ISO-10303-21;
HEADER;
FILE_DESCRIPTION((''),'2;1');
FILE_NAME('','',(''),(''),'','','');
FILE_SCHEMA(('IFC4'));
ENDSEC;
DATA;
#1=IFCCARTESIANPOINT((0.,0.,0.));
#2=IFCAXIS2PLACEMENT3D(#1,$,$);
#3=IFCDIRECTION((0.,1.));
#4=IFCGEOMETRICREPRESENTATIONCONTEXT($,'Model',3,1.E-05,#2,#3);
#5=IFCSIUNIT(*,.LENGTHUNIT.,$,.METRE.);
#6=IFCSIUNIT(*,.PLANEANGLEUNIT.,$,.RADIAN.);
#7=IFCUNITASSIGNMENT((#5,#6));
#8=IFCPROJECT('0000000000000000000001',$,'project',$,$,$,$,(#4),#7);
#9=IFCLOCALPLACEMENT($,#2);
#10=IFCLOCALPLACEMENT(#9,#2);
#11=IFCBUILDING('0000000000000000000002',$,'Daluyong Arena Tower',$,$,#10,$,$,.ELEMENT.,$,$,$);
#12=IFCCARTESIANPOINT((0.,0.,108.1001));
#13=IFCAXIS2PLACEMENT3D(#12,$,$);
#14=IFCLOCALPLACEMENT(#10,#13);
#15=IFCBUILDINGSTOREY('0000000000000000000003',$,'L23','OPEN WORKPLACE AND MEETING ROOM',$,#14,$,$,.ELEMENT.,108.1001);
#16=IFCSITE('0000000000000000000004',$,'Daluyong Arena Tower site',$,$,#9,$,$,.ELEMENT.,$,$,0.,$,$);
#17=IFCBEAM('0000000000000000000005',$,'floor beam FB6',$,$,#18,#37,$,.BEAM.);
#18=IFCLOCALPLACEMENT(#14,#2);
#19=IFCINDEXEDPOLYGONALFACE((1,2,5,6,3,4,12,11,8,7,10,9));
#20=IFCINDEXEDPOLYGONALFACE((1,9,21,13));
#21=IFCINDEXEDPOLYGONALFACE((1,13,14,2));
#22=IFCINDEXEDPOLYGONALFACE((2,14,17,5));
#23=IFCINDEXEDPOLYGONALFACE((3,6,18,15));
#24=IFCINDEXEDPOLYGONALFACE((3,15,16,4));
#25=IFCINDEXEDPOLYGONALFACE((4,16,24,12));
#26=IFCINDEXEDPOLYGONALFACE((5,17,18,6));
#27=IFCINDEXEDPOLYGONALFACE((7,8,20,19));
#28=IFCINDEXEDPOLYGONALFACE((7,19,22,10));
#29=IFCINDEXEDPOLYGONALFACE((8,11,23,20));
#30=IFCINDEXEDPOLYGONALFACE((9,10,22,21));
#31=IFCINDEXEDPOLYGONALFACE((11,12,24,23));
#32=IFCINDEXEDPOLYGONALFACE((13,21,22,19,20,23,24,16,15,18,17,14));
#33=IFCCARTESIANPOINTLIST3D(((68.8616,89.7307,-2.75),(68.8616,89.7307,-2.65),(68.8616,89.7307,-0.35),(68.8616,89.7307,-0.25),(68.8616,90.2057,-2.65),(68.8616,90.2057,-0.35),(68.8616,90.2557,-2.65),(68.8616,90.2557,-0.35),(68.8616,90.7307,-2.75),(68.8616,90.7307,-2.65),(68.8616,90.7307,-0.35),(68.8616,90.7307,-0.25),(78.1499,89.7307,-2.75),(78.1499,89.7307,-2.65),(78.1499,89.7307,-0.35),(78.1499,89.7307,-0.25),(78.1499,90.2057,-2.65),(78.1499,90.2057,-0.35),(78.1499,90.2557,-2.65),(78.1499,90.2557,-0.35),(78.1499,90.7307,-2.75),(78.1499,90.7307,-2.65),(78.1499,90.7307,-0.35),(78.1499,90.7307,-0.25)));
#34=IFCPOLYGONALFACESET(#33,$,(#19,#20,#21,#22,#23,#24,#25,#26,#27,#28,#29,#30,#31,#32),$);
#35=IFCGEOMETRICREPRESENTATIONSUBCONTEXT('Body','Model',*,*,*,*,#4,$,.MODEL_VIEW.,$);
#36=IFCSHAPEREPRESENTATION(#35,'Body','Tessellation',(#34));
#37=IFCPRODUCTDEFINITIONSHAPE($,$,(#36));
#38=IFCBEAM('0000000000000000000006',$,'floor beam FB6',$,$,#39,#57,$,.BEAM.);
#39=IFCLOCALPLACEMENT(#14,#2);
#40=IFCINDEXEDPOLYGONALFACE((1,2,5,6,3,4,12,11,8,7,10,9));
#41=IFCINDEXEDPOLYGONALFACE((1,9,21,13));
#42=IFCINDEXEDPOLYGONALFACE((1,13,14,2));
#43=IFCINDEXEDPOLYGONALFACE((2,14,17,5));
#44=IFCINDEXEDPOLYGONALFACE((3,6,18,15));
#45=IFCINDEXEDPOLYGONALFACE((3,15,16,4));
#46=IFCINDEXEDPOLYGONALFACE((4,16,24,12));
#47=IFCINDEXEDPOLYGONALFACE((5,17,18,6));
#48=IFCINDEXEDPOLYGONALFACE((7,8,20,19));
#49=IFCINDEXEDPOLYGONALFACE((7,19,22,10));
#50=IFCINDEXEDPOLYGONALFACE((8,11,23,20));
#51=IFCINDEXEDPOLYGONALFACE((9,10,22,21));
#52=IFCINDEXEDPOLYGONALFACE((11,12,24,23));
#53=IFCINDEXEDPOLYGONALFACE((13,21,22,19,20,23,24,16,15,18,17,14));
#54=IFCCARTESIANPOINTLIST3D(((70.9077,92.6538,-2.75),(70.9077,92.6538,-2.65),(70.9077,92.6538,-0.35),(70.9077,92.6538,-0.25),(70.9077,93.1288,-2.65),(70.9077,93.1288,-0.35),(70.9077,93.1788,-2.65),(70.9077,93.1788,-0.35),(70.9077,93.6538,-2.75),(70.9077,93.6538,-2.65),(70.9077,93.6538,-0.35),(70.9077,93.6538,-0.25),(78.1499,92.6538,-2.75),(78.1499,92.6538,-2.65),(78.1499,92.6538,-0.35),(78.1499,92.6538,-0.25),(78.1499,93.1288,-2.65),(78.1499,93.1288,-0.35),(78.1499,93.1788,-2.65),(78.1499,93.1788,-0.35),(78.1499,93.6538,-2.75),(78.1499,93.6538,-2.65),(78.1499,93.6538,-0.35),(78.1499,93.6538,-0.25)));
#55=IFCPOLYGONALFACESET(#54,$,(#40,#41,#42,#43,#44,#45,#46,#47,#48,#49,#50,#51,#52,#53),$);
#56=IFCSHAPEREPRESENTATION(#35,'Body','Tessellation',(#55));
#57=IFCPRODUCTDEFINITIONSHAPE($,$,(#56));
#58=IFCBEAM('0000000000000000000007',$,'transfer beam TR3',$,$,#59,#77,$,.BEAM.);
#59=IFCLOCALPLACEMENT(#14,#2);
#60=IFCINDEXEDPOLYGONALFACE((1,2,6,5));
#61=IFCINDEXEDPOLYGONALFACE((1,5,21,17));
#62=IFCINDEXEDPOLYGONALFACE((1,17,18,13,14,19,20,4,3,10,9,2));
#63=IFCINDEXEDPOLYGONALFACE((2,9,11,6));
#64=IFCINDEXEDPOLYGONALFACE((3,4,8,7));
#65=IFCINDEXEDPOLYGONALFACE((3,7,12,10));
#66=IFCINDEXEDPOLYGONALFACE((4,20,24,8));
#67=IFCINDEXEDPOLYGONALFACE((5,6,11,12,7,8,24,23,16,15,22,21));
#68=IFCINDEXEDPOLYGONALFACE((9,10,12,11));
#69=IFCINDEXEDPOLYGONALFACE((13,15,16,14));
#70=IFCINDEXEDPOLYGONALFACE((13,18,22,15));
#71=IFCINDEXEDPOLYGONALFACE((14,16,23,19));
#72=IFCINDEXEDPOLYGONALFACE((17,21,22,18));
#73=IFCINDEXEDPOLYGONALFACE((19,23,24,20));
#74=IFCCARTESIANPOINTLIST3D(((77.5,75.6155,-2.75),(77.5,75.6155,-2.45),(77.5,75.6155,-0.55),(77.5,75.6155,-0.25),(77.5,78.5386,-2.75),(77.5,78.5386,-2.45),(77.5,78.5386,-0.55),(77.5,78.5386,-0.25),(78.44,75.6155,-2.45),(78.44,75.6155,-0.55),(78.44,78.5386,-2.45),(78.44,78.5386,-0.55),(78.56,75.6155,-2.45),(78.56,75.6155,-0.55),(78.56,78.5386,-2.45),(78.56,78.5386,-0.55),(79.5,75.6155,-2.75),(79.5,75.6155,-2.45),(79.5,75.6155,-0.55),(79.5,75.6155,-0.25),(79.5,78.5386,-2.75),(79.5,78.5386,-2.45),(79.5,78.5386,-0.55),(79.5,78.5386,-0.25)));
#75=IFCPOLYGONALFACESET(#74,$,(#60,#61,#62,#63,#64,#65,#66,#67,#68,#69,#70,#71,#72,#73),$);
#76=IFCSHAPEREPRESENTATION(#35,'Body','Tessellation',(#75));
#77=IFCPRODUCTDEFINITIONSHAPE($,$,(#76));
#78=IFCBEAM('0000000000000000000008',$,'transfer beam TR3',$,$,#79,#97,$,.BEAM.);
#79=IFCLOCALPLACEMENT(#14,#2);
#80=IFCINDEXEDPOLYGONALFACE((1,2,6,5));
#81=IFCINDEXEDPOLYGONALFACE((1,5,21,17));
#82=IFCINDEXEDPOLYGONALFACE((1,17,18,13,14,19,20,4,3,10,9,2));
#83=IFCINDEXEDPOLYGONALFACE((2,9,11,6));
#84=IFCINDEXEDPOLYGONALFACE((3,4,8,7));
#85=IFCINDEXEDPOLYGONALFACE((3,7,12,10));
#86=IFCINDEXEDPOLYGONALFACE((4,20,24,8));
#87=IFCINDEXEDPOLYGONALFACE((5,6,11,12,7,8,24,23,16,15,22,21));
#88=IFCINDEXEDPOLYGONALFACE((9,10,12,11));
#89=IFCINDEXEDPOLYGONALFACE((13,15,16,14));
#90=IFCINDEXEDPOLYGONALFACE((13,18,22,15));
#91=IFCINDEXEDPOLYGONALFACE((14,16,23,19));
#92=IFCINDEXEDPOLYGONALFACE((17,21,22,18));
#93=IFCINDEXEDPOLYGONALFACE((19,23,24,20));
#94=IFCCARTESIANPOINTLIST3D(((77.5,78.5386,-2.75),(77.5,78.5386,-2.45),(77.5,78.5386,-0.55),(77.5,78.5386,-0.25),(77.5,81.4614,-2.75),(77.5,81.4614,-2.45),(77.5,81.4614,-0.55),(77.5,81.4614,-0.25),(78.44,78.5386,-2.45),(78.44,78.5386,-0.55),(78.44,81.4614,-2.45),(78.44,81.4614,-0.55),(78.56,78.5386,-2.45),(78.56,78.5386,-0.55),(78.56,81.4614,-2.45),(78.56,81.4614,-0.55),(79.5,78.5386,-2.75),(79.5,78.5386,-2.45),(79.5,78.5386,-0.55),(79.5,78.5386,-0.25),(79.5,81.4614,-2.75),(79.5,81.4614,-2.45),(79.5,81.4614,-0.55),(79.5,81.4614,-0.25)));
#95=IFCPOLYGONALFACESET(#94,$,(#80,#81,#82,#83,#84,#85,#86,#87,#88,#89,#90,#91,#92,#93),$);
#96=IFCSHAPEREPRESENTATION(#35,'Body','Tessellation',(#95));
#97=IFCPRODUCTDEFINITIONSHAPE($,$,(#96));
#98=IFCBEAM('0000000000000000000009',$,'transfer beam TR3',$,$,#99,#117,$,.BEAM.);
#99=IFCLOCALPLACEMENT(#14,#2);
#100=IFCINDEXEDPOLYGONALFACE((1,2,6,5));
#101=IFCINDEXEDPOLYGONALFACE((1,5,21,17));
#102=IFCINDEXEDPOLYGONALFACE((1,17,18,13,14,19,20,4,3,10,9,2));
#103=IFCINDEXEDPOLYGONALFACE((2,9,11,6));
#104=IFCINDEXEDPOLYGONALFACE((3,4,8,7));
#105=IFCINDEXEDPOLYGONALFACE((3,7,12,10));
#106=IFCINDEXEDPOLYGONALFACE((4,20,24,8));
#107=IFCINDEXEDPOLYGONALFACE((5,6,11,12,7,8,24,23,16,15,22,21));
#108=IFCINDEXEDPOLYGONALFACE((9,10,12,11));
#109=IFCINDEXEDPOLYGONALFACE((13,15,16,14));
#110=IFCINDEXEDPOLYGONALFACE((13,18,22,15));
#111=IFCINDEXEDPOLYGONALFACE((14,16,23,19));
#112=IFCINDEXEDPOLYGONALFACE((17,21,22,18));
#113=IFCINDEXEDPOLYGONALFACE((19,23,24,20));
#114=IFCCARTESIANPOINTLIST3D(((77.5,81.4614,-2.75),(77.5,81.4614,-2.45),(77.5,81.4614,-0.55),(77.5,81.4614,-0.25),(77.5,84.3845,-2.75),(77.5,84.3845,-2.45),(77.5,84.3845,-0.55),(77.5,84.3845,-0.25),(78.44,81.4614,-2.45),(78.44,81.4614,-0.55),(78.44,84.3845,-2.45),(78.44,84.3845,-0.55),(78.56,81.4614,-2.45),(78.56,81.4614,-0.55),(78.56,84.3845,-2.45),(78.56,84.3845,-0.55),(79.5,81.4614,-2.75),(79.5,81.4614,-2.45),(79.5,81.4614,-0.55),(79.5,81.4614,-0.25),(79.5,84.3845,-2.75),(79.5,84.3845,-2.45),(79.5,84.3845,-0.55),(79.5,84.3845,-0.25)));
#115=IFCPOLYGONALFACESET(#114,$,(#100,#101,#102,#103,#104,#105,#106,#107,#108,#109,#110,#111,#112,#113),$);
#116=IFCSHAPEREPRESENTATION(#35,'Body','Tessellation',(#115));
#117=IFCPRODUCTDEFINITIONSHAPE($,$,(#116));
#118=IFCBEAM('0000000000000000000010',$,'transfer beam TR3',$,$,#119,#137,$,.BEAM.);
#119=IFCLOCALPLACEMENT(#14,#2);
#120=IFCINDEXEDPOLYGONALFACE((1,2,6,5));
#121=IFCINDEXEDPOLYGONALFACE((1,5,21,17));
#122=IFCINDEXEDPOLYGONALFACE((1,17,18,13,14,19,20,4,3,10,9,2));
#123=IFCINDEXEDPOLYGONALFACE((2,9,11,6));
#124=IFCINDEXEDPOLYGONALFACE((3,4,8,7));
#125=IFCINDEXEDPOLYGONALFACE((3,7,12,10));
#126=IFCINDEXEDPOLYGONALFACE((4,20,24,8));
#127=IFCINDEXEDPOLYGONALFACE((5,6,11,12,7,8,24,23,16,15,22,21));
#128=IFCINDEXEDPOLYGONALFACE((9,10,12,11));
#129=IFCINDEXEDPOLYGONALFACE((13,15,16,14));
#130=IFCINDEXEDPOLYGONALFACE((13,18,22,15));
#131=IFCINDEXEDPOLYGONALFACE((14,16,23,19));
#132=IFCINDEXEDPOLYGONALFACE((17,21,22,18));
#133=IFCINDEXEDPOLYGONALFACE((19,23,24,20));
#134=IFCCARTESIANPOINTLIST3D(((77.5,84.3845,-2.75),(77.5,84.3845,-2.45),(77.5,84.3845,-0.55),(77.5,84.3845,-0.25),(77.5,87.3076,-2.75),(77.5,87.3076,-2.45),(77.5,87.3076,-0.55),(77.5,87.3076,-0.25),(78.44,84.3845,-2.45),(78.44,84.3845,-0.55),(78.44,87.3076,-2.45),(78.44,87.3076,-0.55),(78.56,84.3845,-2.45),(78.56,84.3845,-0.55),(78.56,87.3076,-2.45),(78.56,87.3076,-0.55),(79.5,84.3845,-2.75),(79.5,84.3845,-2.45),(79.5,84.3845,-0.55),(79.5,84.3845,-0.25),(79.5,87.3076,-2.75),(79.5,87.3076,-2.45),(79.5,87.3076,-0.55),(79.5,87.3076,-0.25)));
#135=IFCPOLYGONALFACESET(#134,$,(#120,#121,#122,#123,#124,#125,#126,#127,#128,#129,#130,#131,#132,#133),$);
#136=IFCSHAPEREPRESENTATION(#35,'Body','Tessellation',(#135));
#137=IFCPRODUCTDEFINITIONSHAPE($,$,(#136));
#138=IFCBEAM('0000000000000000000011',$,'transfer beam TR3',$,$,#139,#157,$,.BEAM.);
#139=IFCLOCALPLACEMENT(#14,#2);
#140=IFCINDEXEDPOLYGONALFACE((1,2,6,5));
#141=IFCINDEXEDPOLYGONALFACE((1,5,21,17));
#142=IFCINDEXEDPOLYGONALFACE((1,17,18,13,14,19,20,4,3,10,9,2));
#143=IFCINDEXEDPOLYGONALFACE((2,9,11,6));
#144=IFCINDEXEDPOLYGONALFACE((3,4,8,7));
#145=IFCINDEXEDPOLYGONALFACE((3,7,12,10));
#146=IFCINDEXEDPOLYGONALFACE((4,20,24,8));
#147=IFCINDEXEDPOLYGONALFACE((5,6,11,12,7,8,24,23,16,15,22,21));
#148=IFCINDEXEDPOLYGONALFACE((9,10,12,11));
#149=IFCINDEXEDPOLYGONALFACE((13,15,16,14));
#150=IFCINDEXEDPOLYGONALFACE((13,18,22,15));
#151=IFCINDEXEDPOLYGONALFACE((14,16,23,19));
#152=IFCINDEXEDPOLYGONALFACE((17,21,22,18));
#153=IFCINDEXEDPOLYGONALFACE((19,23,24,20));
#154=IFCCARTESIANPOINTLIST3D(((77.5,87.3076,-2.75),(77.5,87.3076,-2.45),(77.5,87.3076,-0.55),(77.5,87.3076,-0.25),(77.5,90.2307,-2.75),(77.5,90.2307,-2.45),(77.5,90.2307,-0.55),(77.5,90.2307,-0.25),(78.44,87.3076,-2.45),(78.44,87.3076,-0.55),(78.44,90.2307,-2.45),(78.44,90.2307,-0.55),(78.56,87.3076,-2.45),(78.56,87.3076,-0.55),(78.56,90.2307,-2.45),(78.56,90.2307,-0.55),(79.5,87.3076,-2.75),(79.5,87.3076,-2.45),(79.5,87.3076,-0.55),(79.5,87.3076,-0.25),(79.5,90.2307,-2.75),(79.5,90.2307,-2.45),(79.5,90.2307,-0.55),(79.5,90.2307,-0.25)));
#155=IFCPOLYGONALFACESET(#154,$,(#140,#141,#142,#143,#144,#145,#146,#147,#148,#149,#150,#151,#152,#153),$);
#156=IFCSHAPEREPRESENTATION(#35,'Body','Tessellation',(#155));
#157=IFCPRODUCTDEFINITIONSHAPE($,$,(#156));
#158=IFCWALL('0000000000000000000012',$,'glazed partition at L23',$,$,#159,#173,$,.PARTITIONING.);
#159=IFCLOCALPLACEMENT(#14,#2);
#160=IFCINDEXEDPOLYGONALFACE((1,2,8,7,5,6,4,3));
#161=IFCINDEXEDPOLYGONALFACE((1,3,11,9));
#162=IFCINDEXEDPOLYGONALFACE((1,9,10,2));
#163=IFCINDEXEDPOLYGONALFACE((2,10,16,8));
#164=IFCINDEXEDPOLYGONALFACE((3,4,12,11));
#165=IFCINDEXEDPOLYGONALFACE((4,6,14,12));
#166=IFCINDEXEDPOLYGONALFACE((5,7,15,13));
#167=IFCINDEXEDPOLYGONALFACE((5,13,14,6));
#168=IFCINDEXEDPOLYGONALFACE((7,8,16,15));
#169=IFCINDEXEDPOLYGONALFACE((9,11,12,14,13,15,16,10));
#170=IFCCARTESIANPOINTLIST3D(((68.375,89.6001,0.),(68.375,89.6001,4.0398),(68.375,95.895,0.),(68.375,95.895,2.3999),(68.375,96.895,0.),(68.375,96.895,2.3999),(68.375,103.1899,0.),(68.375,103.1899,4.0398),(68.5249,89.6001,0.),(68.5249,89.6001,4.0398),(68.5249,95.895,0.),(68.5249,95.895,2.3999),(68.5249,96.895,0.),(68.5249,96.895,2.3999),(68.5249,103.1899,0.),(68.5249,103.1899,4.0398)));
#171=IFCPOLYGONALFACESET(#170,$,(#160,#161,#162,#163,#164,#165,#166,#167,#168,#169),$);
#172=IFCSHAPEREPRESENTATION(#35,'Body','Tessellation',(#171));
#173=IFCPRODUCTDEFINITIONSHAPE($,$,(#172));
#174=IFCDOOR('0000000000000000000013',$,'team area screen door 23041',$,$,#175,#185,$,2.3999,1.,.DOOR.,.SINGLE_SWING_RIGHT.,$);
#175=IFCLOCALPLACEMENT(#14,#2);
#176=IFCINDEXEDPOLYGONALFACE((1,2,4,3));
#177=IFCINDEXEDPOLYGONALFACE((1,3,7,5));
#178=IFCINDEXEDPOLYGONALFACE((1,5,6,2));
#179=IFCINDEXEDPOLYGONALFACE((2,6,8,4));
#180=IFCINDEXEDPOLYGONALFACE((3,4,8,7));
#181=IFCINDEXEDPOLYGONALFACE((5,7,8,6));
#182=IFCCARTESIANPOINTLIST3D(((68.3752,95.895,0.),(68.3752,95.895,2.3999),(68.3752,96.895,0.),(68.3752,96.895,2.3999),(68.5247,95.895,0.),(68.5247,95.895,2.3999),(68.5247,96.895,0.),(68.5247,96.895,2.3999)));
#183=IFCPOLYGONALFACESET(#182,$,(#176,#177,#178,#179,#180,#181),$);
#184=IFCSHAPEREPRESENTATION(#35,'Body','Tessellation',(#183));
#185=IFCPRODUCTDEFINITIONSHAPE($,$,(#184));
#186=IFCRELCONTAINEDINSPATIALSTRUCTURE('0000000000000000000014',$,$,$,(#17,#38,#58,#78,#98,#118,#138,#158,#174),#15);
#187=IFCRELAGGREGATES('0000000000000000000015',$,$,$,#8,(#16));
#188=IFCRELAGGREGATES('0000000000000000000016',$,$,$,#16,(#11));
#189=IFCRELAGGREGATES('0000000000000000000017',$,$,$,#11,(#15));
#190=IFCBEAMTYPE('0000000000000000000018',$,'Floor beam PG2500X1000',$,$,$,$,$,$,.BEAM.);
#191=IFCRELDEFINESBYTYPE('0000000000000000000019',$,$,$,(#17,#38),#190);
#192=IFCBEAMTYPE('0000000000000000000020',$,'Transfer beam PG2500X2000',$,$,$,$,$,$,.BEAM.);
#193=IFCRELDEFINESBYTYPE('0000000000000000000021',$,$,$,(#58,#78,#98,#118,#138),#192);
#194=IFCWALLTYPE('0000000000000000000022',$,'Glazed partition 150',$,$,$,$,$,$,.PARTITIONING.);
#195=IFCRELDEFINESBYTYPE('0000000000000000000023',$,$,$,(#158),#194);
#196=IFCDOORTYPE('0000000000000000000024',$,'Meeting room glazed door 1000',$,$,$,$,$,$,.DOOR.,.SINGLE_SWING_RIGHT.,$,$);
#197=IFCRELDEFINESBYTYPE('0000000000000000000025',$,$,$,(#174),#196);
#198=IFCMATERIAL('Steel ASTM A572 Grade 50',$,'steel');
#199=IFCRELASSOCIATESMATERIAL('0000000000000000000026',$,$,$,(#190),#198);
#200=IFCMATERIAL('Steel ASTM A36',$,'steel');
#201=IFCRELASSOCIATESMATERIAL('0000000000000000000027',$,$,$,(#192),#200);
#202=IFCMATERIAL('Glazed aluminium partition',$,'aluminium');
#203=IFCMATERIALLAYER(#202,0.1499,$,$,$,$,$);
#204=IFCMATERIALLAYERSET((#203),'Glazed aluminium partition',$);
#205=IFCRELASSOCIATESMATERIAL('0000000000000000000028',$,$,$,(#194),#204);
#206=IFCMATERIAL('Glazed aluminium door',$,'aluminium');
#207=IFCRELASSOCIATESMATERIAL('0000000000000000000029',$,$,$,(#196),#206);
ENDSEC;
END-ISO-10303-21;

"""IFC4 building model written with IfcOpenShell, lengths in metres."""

from ifc_helpers import new_model, si_unit, direction, frame, frame_2d, origin, origin_2d, place, context, subcontext, project, spatial, rectangle, i_section, extrude, material, layer, layer_set, material_profile, profile_set, type_object, element, fill, save


model = new_model("IFC4")

# Units and contexts
model_context = context("Model", 3, precision=1e-05, world=origin(), true_north=direction((0.0, 1.0)))
body_context = subcontext(model_context, "Body", "Model", "MODEL_VIEW")
ifc_project = project(units=[si_unit("LENGTHUNIT", "METRE"), si_unit("PLANEANGLEUNIT", "RADIAN")], contexts=[model_context])

# Site, building, storey
site_placement = place(None, origin())
site = spatial("IfcSite", under=ifc_project, at=site_placement, Name="Daluyong Arena Tower site", CompositionType="ELEMENT", RefElevation=0.0)
building_placement = place(site_placement, origin())
building = spatial("IfcBuilding", under=site, at=building_placement, Name="Daluyong Arena Tower", CompositionType="ELEMENT")
storey_placement = place(building_placement, frame((0.0, 0.0, 108.1001)))
storey = spatial("IfcBuildingStorey", under=building, at=storey_placement, Name="L23", Description="OPEN WORKPLACE AND MEETING ROOM", CompositionType="ELEMENT", Elevation=108.1001)

# Beams
ifc_material_1 = material(Name="Steel ASTM A572 Grade 50", Category="steel")
ifc_material_profile_1 = material_profile(ifc_material_1, i_section(OverallWidth=1.0, OverallDepth=2.5, WebThickness=0.05, FlangeThickness=0.1, at=origin_2d()))
ifc_profile_set_1 = profile_set([ifc_material_profile_1], Name="Steel ASTM A572 Grade 50")
beam_type_1 = type_object("IfcBeamType", Name="Floor beam PG2500X1000", PredefinedType="BEAM", material=ifc_profile_set_1)
beam_1_placement = place(storey_placement, frame((78.1499, 90.2307, -1.5), z_axis=(-1.0, 0.0, 0.0), x_axis=(0.0, -1.0, 0.0)))
element("IfcBeam", 1, at=beam_1_placement, inside=storey, type_object=beam_type_1, Name="floor beam FB6", PredefinedType="BEAM", context=body_context, shape_type="SweptSolid", body=[
    extrude(i_section(OverallWidth=1.0, OverallDepth=2.5, WebThickness=0.05, FlangeThickness=0.1, at=origin_2d()), origin(), (0.0, 0.0, 1.0), 9.2883),
])
beam_2_placement = place(storey_placement, frame((78.1499, 93.1538, -1.5), z_axis=(-1.0, 0.0, 0.0), x_axis=(0.0, -1.0, 0.0)))
element("IfcBeam", 2, at=beam_2_placement, inside=storey, type_object=beam_type_1, Name="floor beam FB6", PredefinedType="BEAM", context=body_context, shape_type="SweptSolid", body=[
    extrude(i_section(OverallWidth=1.0, OverallDepth=2.5, WebThickness=0.05, FlangeThickness=0.1, at=origin_2d()), origin(), (0.0, 0.0, 1.0), 7.2422),
])
ifc_material_2 = material(Name="Steel ASTM A36", Category="steel")
ifc_material_profile_2 = material_profile(ifc_material_2, i_section(OverallWidth=2.0, OverallDepth=2.5, WebThickness=0.12, FlangeThickness=0.3, at=origin_2d()))
ifc_profile_set_2 = profile_set([ifc_material_profile_2], Name="Steel ASTM A36")
beam_type_2 = type_object("IfcBeamType", Name="Transfer beam PG2500X2000", PredefinedType="BEAM", material=ifc_profile_set_2)
beam_3_placement = place(storey_placement, frame((78.5, 75.6155, -1.5), z_axis=(0.0, 1.0, 0.0), x_axis=(-1.0, 0.0, 0.0)))
element("IfcBeam", 3, at=beam_3_placement, inside=storey, type_object=beam_type_2, Name="transfer beam TR3", PredefinedType="BEAM", context=body_context, shape_type="SweptSolid", body=[
    extrude(i_section(OverallWidth=2.0, OverallDepth=2.5, WebThickness=0.12, FlangeThickness=0.3, at=origin_2d()), origin(), (0.0, 0.0, 1.0), 2.9231),
])
beam_4_placement = place(storey_placement, frame((78.5, 78.5386, -1.5), z_axis=(0.0, 1.0, 0.0), x_axis=(-1.0, 0.0, 0.0)))
element("IfcBeam", 4, at=beam_4_placement, inside=storey, type_object=beam_type_2, Name="transfer beam TR3", PredefinedType="BEAM", context=body_context, shape_type="SweptSolid", body=[
    extrude(i_section(OverallWidth=2.0, OverallDepth=2.5, WebThickness=0.12, FlangeThickness=0.3, at=origin_2d()), origin(), (0.0, 0.0, 1.0), 2.9229),
])
for number, where, z_axis, x_axis, name in (
    (5, (78.5, 81.4614, -1.5), (0.0, 1.0, 0.0), (-1.0, 0.0, 0.0), "transfer beam TR3"),
    (6, (78.5, 84.3845, -1.5), (0.0, 1.0, 0.0), (-1.0, 0.0, 0.0), "transfer beam TR3"),
    (7, (78.5, 87.3076, -1.5), (0.0, 1.0, 0.0), (-1.0, 0.0, 0.0), "transfer beam TR3"),
):
    element("IfcBeam", number, at=place(storey_placement, frame(where, z_axis=z_axis, x_axis=x_axis)), inside=storey, type_object=beam_type_2, Name=name, PredefinedType="BEAM", context=body_context, shape_type="SweptSolid", body=[
        extrude(i_section(OverallWidth=2.0, OverallDepth=2.5, WebThickness=0.12, FlangeThickness=0.3, at=origin_2d()), origin(), (0.0, 0.0, 1.0), 2.9231),
    ])

# Wall, opening, door
ifc_material_3 = material(Name="Glazed aluminium partition", Category="aluminium")
ifc_layer = layer(ifc_material_3, 0.1499)
ifc_layer_set = layer_set([ifc_layer], Name="Glazed aluminium partition")
wall_type = type_object("IfcWallType", Name="Glazed partition 150", PredefinedType="PARTITIONING", material=ifc_layer_set)
wall_placement = place(storey_placement, frame((68.45, 89.6001, 0.0), z_axis=(0.0, 0.0, 1.0), x_axis=(0.0, 1.0, 0.0)))
wall = element("IfcWall", 8, at=wall_placement, inside=storey, type_object=wall_type, Name="glazed partition at L23", PredefinedType="PARTITIONING", context=body_context, shape_type="SweptSolid", body=[
    extrude(rectangle(XDim=13.5898, YDim=0.1499, at=frame_2d((6.7949, 0.0))), origin(), (0.0, 0.0, 1.0), 4.0398),
])
opening_placement = place(wall_placement, frame((6.2949, 0.0, 0.0)))
opening = element("IfcOpeningElement", 9, at=opening_placement, cuts=wall, PredefinedType="OPENING", context=body_context, shape_type="SweptSolid", body=[
    extrude(rectangle(XDim=1.0, YDim=2.3999, at=frame_2d((0.5, 1.2))), frame((0.0, 0.085, 0.0), z_axis=(0.0, -1.0, 0.0), x_axis=(1.0, 0.0, 0.0)), (0.0, 0.0, 1.0), 0.1699),
])
ifc_material_4 = material(Name="Glazed aluminium door", Category="aluminium")
door_type = type_object("IfcDoorType", Name="Meeting room glazed door 1000", OperationType="SINGLE_SWING_RIGHT", PredefinedType="DOOR", material=ifc_material_4)
door_placement = place(opening_placement, origin())
door = element("IfcDoor", 10, at=door_placement, inside=storey, type_object=door_type, Name="team area screen door 23041", OperationType="SINGLE_SWING_RIGHT", OverallHeight=2.3999, OverallWidth=1.0, PredefinedType="DOOR", context=body_context, shape_type="SweptSolid", body=[
    extrude(rectangle(XDim=1.0, YDim=2.3999, at=frame_2d((0.5, 1.2))), frame((0.0, 0.0747, 0.0), z_axis=(0.0, -1.0, 0.0), x_axis=(1.0, 0.0, 0.0)), (0.0, 0.0, 1.0), 0.1494),
])
fill(opening, door)

save(model, "model.ifc")
